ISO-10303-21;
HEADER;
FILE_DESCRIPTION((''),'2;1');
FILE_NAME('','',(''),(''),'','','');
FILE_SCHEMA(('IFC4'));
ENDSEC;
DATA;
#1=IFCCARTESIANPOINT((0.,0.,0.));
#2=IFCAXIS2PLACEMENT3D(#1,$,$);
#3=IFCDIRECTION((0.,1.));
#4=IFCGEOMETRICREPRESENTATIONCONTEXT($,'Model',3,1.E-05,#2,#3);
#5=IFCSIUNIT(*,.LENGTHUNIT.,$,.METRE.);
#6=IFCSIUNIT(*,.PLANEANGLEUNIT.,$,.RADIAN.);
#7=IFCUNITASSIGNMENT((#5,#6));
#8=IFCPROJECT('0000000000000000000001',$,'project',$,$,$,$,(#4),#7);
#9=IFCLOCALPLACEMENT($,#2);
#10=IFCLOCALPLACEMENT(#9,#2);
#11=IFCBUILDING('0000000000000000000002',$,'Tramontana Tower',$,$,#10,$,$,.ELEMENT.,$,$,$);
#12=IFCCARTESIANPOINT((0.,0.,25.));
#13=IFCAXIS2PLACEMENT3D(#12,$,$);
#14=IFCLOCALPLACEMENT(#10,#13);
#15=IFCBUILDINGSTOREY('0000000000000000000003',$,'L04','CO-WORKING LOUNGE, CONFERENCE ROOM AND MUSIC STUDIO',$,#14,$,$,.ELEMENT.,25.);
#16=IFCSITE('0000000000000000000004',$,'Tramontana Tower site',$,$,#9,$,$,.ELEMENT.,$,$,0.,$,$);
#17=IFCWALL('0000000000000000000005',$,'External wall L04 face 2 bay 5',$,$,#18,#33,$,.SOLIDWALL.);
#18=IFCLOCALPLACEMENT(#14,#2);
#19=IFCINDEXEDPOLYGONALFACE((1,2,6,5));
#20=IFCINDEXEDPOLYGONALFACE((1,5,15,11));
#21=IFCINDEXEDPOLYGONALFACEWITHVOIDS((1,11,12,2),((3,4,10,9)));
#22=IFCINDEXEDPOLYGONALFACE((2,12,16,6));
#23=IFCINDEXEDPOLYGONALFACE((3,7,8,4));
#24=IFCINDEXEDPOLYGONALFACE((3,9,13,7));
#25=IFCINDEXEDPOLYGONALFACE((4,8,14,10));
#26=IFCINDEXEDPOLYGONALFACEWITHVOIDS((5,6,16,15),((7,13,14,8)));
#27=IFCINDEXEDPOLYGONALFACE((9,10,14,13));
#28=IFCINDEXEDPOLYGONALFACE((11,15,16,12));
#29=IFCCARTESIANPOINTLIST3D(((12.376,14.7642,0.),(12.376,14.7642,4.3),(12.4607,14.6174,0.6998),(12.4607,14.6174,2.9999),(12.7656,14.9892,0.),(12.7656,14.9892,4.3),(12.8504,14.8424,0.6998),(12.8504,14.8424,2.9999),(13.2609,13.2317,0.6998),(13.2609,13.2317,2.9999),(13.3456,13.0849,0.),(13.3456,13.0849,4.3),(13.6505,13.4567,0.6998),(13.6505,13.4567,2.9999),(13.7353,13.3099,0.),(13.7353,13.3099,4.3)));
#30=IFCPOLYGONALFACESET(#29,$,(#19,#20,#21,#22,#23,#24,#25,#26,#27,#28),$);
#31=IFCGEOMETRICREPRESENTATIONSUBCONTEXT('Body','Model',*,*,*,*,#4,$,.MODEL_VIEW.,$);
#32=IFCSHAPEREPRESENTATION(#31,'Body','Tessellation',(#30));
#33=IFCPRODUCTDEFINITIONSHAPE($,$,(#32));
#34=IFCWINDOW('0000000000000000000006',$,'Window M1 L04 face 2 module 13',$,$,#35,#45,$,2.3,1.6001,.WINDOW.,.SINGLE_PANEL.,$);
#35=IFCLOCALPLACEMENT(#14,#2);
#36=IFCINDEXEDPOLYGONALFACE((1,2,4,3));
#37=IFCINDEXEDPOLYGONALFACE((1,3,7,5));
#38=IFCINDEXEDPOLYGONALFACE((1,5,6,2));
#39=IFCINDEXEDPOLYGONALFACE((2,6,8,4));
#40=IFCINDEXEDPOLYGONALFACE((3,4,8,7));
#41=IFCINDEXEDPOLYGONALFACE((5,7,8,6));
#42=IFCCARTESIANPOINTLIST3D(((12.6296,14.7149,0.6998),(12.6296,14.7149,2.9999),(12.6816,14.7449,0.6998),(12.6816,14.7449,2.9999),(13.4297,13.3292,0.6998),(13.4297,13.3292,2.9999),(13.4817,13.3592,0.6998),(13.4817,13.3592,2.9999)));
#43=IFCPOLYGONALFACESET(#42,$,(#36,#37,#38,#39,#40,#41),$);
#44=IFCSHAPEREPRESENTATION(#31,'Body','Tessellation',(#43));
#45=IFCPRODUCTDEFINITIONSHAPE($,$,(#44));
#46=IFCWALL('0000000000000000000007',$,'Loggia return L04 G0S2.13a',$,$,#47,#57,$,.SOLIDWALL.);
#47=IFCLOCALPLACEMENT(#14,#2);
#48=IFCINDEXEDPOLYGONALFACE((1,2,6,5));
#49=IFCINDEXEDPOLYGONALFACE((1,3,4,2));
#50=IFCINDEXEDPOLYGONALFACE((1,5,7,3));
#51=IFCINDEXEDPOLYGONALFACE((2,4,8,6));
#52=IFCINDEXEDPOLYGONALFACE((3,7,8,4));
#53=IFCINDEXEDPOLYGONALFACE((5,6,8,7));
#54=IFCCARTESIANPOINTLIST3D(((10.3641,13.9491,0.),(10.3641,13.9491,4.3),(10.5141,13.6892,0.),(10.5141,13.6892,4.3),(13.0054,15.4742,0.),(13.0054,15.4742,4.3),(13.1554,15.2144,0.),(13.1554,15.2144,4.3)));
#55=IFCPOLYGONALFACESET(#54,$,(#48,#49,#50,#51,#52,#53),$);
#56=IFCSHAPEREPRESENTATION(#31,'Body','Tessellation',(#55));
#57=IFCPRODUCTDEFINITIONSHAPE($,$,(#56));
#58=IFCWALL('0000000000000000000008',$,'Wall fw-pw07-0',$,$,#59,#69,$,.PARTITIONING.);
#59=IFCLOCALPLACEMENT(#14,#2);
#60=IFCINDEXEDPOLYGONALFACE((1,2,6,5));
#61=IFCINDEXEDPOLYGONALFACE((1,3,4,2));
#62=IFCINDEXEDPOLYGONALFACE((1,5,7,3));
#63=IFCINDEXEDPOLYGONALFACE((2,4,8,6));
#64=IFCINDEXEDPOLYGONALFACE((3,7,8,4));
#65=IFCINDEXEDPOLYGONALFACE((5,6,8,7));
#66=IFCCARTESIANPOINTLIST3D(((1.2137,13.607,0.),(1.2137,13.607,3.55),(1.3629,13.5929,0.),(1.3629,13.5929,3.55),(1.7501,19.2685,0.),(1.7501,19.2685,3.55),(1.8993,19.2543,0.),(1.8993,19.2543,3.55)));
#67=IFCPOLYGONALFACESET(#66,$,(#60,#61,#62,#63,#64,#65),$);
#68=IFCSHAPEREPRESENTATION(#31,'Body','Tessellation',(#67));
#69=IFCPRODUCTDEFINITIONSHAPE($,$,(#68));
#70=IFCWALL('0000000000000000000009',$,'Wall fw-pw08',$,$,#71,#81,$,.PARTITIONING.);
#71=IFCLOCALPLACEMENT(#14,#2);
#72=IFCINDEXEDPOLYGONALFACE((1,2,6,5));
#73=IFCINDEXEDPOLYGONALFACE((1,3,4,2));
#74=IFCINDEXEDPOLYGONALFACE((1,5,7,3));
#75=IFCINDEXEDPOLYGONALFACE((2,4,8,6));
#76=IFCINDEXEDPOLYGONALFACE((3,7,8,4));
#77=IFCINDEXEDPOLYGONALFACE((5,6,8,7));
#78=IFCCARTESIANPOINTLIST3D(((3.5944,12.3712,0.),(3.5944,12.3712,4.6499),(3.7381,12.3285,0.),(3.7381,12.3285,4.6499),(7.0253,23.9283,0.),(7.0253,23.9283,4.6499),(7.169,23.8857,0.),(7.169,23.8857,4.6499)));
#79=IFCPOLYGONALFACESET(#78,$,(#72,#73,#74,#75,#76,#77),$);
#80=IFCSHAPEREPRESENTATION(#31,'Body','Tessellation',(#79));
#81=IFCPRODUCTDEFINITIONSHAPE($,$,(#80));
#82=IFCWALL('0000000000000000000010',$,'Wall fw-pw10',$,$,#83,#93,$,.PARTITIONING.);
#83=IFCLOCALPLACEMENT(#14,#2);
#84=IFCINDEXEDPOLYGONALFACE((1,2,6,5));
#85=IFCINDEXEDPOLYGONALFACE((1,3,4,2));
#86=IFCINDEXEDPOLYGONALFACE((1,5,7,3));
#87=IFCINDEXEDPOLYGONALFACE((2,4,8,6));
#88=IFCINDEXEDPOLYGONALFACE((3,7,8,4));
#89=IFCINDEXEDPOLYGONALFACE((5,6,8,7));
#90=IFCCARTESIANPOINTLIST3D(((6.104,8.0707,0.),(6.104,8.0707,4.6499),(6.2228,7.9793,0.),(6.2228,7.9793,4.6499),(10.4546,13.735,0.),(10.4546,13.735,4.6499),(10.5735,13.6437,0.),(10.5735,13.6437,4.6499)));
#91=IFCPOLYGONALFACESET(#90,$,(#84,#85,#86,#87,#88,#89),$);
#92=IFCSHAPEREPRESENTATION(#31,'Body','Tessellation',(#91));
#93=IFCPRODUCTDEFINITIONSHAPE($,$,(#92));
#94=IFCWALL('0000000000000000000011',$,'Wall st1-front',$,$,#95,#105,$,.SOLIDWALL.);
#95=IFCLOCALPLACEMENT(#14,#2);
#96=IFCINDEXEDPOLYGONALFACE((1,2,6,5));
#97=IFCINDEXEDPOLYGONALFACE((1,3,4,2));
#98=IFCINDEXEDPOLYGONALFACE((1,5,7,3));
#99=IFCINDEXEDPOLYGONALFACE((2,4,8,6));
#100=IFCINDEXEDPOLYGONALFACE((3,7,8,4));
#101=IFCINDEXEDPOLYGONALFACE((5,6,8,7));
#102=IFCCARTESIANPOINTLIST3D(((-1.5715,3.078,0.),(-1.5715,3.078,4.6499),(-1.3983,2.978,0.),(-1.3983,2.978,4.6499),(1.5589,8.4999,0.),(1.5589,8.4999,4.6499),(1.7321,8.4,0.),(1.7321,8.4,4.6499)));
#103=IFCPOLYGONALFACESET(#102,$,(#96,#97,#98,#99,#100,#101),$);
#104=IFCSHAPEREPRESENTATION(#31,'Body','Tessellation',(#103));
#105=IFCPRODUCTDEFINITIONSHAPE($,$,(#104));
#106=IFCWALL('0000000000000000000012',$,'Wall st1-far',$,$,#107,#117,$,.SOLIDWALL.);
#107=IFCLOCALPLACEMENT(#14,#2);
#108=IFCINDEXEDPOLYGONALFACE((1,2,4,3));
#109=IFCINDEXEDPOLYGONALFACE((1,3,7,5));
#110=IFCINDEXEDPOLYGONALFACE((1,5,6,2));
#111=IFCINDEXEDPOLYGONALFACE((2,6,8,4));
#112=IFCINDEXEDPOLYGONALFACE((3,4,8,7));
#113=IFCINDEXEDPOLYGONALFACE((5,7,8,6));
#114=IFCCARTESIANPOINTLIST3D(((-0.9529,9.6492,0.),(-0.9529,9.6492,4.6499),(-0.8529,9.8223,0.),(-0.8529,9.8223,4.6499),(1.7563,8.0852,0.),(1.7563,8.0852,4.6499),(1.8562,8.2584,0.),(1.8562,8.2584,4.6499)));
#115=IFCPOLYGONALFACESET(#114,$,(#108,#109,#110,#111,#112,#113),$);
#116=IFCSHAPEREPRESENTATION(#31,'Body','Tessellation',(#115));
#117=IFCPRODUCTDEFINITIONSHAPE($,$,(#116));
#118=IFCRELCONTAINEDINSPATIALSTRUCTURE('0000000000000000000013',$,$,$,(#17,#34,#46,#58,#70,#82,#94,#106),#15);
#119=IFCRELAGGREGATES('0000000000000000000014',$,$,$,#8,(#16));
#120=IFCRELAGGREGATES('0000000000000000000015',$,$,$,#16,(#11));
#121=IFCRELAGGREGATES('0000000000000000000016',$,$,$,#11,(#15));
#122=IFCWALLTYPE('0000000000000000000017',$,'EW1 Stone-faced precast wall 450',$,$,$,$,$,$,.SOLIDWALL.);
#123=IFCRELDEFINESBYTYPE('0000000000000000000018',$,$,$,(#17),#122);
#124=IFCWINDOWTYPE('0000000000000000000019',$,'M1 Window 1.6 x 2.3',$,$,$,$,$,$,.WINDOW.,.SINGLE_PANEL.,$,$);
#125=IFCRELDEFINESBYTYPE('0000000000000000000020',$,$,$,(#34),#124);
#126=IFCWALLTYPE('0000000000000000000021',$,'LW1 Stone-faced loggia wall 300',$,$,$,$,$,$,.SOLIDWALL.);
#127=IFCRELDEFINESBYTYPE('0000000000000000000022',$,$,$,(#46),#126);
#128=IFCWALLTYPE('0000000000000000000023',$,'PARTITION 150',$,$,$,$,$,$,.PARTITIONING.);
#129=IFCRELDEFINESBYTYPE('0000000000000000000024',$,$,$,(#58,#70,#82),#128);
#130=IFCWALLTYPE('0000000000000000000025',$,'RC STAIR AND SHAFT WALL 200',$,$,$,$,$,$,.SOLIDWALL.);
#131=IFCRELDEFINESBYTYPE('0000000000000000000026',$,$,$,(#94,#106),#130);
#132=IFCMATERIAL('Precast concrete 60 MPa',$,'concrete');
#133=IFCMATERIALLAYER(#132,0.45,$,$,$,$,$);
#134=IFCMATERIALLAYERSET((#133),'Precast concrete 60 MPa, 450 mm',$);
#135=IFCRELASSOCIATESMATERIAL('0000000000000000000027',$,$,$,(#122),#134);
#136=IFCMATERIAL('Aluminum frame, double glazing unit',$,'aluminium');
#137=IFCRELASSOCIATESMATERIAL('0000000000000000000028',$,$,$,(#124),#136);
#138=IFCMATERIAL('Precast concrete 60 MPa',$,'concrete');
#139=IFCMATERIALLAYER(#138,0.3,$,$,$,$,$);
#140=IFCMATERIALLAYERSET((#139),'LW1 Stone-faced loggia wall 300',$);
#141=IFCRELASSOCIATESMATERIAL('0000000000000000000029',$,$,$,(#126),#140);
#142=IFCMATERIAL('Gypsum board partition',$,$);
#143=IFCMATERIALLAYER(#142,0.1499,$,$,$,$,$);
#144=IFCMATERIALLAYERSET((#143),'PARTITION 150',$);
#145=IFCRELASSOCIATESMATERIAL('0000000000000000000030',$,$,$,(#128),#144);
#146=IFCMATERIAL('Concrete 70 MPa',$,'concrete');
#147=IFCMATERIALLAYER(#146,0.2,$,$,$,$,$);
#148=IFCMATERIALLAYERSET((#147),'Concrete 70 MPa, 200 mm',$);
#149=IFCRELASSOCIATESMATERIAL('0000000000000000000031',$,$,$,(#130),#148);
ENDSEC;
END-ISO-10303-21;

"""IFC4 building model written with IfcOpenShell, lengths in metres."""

from ifc_helpers import new_model, si_unit, direction, frame, frame_2d, origin, place, context, subcontext, project, spatial, rectangle, extrude, material, layer, layer_set, type_object, element, fill, save


model = new_model("IFC4")

# Units and contexts
model_context = context("Model", 3, precision=1e-05, world=origin(), true_north=direction((0.0, 1.0)))
body_context = subcontext(model_context, "Body", "Model", "MODEL_VIEW")
ifc_project = project(units=[si_unit("LENGTHUNIT", "METRE"), si_unit("PLANEANGLEUNIT", "RADIAN")], contexts=[model_context])

# Site, building, storey
site_placement = place(None, origin())
site = spatial("IfcSite", under=ifc_project, at=site_placement, Name="Tramontana Tower site", CompositionType="ELEMENT", RefElevation=0.0)
building_placement = place(site_placement, origin())
building = spatial("IfcBuilding", under=site, at=building_placement, Name="Tramontana Tower", CompositionType="ELEMENT")
storey_placement = place(building_placement, frame((0.0, 0.0, 25.0)))
storey = spatial("IfcBuildingStorey", under=building, at=storey_placement, Name="L04", Description="CO-WORKING LOUNGE, CONFERENCE ROOM AND MUSIC STUDIO", CompositionType="ELEMENT", Elevation=25.0)

# Shared definitions
ifc_material_1 = material(Name="Precast concrete 60 MPa", Category="concrete")
ifc_layer_1 = layer(ifc_material_1, 0.45)
ifc_layer_set_1 = layer_set([ifc_layer_1], Name="Precast concrete 60 MPa, 450 mm")
wall_type_1 = type_object("IfcWallType", Name="EW1 Stone-faced precast wall 450", PredefinedType="SOLIDWALL", material=ifc_layer_set_1)
ifc_material_2 = material(Name="Aluminum frame, double glazing unit", Category="aluminium")
window_type = type_object("IfcWindowType", Name="M1 Window 1.6 x 2.3", PartitioningType="SINGLE_PANEL", PredefinedType="WINDOW", material=ifc_material_2)

# Wall, opening, window
wall_1_placement = place(storey_placement, frame((13.5405, 13.1973, 0.0), z_axis=(0.0, 0.0, 1.0), x_axis=(-0.500038, 0.866003, 0.0)))
wall_1 = element("IfcWall", 1, at=wall_1_placement, inside=storey, type_object=wall_type_1, Name="External wall L04 face 2 bay 5", PredefinedType="SOLIDWALL", context=body_context, shape_type="SweptSolid", body=[
    extrude(rectangle(XDim=1.9392, YDim=0.45, at=frame_2d((0.9697, 0.0))), origin(), (0.0, 0.0, 1.0), 4.3),
])
opening_1_placement = place(wall_1_placement, frame((0.1697, 0.0, 0.7)))
opening_1 = element("IfcOpeningElement", 2, at=opening_1_placement, cuts=wall_1, PredefinedType="OPENING", context=body_context, shape_type="SweptSolid", body=[
    extrude(rectangle(XDim=1.6001, YDim=2.3, at=frame_2d((0.8, 1.1499))), frame((0.0, 0.2349, 0.0), z_axis=(0.0, -1.0, 0.0), x_axis=(1.0, 0.0, 0.0)), (0.0, 0.0, 1.0), 0.47),
])
window_1_placement = place(opening_1_placement, origin())
window_1 = element("IfcWindow", 3, at=window_1_placement, inside=storey, type_object=window_type, Name="Window M1 L04 face 2 module 13", OverallHeight=2.3, OverallWidth=1.6001, PartitioningType="SINGLE_PANEL", PredefinedType="WINDOW", context=body_context, shape_type="SweptSolid", body=[
    extrude(rectangle(XDim=1.6001, YDim=2.3, at=frame_2d((0.8, 1.1499))), frame((0.0, 0.03, 0.0), z_axis=(0.0, -1.0, 0.0), x_axis=(1.0, 0.0, 0.0)), (0.0, 0.0, 1.0), 0.0601),
])
fill(opening_1, window_1)

# Shared definitions
ifc_material_3 = material(Name="Precast concrete 60 MPa", Category="concrete")
ifc_layer_2 = layer(ifc_material_3, 0.3)
ifc_layer_set_2 = layer_set([ifc_layer_2], Name="LW1 Stone-faced loggia wall 300")
wall_type_2 = type_object("IfcWallType", Name="LW1 Stone-faced loggia wall 300", PredefinedType="SOLIDWALL", material=ifc_layer_set_2)

# Walls
wall_2_placement = place(storey_placement, frame((13.0803, 15.3442, 0.0), z_axis=(0.0, 0.0, 1.0), x_axis=(-0.866003, -0.500039, 0.0)))
element("IfcWall", 4, at=wall_2_placement, inside=storey, type_object=wall_type_2, Name="Loggia return L04 G0S2.13a", PredefinedType="SOLIDWALL", context=body_context, shape_type="SweptSolid", body=[
    extrude(rectangle(XDim=3.05, YDim=0.3, at=frame_2d((1.5249, 0.0))), origin(), (0.0, 0.0, 1.0), 4.3),
])
ifc_material_4 = material(Name="Gypsum board partition")
ifc_layer_3 = layer(ifc_material_4, 0.1499)
ifc_layer_set_3 = layer_set([ifc_layer_3], Name="PARTITION 150")
wall_type_3 = type_object("IfcWallType", Name="PARTITION 150", PredefinedType="PARTITIONING", material=ifc_layer_set_3)
wall_3_placement = place(storey_placement, frame((1.2883, 13.6001, 0.0), z_axis=(0.0, 0.0, 1.0), x_axis=(0.094321, 0.995542, 0.0)))
element("IfcWall", 5, at=wall_3_placement, inside=storey, type_object=wall_type_3, Name="Wall fw-pw07-0", PredefinedType="PARTITIONING", context=body_context, shape_type="SweptSolid", body=[
    extrude(rectangle(XDim=5.6868, YDim=0.1499, at=frame_2d((2.8433, 0.0))), origin(), (0.0, 0.0, 1.0), 3.55),
])
wall_4_placement = place(storey_placement, frame((3.6663, 12.3499, 0.0), z_axis=(0.0, 0.0, 1.0), x_axis=(0.28459, 0.958649, 0.0)))
element("IfcWall", 6, at=wall_4_placement, inside=storey, type_object=wall_type_3, Name="Wall fw-pw08", PredefinedType="PARTITIONING", context=body_context, shape_type="SweptSolid", body=[
    extrude(rectangle(XDim=12.0557, YDim=0.1499, at=frame_2d((6.0278, 0.0))), origin(), (0.0, 0.0, 1.0), 4.6499),
])
wall_5_placement = place(storey_placement, frame((6.1633, 8.0249, 0.0), z_axis=(0.0, 0.0, 1.0), x_axis=(0.609132, 0.793069, 0.0)))
element("IfcWall", 7, at=wall_5_placement, inside=storey, type_object=wall_type_3, Name="Wall fw-pw10", PredefinedType="PARTITIONING", context=body_context, shape_type="SweptSolid", body=[
    extrude(rectangle(XDim=7.1423, YDim=0.1499, at=frame_2d((3.5713, 0.0))), origin(), (0.0, 0.0, 1.0), 4.6499),
])
ifc_material_5 = material(Name="Concrete 70 MPa", Category="concrete")
ifc_layer_4 = layer(ifc_material_5, 0.2)
ifc_layer_set_4 = layer_set([ifc_layer_4], Name="Concrete 70 MPa, 200 mm")
wall_type_4 = type_object("IfcWallType", Name="RC STAIR AND SHAFT WALL 200", PredefinedType="SOLIDWALL", material=ifc_layer_set_4)
wall_6_placement = place(storey_placement, frame((1.6455, 8.45, 0.0), z_axis=(0.0, 0.0, 1.0), x_axis=(-0.500006, -0.866022, 0.0)))
element("IfcWall", 8, at=wall_6_placement, inside=storey, type_object=wall_type_4, Name="Wall st1-front", PredefinedType="SOLIDWALL", context=body_context, shape_type="SweptSolid", body=[
    extrude(rectangle(XDim=6.2607, YDim=0.2, at=frame_2d((3.1304, 0.0))), origin(), (0.0, 0.0, 1.0), 4.6499),
])
wall_7_placement = place(storey_placement, frame((1.8062, 8.1719, 0.0), z_axis=(0.0, 0.0, 1.0), x_axis=(-0.866054, 0.49995, 0.0)))
element("IfcWall", 9, at=wall_7_placement, inside=storey, type_object=wall_type_4, Name="Wall st1-far", PredefinedType="SOLIDWALL", context=body_context, shape_type="SweptSolid", body=[
    extrude(rectangle(XDim=3.1282, YDim=0.2, at=frame_2d((1.564, 0.0))), origin(), (0.0, 0.0, 1.0), 4.6499),
])

save(model, "model.ifc")
